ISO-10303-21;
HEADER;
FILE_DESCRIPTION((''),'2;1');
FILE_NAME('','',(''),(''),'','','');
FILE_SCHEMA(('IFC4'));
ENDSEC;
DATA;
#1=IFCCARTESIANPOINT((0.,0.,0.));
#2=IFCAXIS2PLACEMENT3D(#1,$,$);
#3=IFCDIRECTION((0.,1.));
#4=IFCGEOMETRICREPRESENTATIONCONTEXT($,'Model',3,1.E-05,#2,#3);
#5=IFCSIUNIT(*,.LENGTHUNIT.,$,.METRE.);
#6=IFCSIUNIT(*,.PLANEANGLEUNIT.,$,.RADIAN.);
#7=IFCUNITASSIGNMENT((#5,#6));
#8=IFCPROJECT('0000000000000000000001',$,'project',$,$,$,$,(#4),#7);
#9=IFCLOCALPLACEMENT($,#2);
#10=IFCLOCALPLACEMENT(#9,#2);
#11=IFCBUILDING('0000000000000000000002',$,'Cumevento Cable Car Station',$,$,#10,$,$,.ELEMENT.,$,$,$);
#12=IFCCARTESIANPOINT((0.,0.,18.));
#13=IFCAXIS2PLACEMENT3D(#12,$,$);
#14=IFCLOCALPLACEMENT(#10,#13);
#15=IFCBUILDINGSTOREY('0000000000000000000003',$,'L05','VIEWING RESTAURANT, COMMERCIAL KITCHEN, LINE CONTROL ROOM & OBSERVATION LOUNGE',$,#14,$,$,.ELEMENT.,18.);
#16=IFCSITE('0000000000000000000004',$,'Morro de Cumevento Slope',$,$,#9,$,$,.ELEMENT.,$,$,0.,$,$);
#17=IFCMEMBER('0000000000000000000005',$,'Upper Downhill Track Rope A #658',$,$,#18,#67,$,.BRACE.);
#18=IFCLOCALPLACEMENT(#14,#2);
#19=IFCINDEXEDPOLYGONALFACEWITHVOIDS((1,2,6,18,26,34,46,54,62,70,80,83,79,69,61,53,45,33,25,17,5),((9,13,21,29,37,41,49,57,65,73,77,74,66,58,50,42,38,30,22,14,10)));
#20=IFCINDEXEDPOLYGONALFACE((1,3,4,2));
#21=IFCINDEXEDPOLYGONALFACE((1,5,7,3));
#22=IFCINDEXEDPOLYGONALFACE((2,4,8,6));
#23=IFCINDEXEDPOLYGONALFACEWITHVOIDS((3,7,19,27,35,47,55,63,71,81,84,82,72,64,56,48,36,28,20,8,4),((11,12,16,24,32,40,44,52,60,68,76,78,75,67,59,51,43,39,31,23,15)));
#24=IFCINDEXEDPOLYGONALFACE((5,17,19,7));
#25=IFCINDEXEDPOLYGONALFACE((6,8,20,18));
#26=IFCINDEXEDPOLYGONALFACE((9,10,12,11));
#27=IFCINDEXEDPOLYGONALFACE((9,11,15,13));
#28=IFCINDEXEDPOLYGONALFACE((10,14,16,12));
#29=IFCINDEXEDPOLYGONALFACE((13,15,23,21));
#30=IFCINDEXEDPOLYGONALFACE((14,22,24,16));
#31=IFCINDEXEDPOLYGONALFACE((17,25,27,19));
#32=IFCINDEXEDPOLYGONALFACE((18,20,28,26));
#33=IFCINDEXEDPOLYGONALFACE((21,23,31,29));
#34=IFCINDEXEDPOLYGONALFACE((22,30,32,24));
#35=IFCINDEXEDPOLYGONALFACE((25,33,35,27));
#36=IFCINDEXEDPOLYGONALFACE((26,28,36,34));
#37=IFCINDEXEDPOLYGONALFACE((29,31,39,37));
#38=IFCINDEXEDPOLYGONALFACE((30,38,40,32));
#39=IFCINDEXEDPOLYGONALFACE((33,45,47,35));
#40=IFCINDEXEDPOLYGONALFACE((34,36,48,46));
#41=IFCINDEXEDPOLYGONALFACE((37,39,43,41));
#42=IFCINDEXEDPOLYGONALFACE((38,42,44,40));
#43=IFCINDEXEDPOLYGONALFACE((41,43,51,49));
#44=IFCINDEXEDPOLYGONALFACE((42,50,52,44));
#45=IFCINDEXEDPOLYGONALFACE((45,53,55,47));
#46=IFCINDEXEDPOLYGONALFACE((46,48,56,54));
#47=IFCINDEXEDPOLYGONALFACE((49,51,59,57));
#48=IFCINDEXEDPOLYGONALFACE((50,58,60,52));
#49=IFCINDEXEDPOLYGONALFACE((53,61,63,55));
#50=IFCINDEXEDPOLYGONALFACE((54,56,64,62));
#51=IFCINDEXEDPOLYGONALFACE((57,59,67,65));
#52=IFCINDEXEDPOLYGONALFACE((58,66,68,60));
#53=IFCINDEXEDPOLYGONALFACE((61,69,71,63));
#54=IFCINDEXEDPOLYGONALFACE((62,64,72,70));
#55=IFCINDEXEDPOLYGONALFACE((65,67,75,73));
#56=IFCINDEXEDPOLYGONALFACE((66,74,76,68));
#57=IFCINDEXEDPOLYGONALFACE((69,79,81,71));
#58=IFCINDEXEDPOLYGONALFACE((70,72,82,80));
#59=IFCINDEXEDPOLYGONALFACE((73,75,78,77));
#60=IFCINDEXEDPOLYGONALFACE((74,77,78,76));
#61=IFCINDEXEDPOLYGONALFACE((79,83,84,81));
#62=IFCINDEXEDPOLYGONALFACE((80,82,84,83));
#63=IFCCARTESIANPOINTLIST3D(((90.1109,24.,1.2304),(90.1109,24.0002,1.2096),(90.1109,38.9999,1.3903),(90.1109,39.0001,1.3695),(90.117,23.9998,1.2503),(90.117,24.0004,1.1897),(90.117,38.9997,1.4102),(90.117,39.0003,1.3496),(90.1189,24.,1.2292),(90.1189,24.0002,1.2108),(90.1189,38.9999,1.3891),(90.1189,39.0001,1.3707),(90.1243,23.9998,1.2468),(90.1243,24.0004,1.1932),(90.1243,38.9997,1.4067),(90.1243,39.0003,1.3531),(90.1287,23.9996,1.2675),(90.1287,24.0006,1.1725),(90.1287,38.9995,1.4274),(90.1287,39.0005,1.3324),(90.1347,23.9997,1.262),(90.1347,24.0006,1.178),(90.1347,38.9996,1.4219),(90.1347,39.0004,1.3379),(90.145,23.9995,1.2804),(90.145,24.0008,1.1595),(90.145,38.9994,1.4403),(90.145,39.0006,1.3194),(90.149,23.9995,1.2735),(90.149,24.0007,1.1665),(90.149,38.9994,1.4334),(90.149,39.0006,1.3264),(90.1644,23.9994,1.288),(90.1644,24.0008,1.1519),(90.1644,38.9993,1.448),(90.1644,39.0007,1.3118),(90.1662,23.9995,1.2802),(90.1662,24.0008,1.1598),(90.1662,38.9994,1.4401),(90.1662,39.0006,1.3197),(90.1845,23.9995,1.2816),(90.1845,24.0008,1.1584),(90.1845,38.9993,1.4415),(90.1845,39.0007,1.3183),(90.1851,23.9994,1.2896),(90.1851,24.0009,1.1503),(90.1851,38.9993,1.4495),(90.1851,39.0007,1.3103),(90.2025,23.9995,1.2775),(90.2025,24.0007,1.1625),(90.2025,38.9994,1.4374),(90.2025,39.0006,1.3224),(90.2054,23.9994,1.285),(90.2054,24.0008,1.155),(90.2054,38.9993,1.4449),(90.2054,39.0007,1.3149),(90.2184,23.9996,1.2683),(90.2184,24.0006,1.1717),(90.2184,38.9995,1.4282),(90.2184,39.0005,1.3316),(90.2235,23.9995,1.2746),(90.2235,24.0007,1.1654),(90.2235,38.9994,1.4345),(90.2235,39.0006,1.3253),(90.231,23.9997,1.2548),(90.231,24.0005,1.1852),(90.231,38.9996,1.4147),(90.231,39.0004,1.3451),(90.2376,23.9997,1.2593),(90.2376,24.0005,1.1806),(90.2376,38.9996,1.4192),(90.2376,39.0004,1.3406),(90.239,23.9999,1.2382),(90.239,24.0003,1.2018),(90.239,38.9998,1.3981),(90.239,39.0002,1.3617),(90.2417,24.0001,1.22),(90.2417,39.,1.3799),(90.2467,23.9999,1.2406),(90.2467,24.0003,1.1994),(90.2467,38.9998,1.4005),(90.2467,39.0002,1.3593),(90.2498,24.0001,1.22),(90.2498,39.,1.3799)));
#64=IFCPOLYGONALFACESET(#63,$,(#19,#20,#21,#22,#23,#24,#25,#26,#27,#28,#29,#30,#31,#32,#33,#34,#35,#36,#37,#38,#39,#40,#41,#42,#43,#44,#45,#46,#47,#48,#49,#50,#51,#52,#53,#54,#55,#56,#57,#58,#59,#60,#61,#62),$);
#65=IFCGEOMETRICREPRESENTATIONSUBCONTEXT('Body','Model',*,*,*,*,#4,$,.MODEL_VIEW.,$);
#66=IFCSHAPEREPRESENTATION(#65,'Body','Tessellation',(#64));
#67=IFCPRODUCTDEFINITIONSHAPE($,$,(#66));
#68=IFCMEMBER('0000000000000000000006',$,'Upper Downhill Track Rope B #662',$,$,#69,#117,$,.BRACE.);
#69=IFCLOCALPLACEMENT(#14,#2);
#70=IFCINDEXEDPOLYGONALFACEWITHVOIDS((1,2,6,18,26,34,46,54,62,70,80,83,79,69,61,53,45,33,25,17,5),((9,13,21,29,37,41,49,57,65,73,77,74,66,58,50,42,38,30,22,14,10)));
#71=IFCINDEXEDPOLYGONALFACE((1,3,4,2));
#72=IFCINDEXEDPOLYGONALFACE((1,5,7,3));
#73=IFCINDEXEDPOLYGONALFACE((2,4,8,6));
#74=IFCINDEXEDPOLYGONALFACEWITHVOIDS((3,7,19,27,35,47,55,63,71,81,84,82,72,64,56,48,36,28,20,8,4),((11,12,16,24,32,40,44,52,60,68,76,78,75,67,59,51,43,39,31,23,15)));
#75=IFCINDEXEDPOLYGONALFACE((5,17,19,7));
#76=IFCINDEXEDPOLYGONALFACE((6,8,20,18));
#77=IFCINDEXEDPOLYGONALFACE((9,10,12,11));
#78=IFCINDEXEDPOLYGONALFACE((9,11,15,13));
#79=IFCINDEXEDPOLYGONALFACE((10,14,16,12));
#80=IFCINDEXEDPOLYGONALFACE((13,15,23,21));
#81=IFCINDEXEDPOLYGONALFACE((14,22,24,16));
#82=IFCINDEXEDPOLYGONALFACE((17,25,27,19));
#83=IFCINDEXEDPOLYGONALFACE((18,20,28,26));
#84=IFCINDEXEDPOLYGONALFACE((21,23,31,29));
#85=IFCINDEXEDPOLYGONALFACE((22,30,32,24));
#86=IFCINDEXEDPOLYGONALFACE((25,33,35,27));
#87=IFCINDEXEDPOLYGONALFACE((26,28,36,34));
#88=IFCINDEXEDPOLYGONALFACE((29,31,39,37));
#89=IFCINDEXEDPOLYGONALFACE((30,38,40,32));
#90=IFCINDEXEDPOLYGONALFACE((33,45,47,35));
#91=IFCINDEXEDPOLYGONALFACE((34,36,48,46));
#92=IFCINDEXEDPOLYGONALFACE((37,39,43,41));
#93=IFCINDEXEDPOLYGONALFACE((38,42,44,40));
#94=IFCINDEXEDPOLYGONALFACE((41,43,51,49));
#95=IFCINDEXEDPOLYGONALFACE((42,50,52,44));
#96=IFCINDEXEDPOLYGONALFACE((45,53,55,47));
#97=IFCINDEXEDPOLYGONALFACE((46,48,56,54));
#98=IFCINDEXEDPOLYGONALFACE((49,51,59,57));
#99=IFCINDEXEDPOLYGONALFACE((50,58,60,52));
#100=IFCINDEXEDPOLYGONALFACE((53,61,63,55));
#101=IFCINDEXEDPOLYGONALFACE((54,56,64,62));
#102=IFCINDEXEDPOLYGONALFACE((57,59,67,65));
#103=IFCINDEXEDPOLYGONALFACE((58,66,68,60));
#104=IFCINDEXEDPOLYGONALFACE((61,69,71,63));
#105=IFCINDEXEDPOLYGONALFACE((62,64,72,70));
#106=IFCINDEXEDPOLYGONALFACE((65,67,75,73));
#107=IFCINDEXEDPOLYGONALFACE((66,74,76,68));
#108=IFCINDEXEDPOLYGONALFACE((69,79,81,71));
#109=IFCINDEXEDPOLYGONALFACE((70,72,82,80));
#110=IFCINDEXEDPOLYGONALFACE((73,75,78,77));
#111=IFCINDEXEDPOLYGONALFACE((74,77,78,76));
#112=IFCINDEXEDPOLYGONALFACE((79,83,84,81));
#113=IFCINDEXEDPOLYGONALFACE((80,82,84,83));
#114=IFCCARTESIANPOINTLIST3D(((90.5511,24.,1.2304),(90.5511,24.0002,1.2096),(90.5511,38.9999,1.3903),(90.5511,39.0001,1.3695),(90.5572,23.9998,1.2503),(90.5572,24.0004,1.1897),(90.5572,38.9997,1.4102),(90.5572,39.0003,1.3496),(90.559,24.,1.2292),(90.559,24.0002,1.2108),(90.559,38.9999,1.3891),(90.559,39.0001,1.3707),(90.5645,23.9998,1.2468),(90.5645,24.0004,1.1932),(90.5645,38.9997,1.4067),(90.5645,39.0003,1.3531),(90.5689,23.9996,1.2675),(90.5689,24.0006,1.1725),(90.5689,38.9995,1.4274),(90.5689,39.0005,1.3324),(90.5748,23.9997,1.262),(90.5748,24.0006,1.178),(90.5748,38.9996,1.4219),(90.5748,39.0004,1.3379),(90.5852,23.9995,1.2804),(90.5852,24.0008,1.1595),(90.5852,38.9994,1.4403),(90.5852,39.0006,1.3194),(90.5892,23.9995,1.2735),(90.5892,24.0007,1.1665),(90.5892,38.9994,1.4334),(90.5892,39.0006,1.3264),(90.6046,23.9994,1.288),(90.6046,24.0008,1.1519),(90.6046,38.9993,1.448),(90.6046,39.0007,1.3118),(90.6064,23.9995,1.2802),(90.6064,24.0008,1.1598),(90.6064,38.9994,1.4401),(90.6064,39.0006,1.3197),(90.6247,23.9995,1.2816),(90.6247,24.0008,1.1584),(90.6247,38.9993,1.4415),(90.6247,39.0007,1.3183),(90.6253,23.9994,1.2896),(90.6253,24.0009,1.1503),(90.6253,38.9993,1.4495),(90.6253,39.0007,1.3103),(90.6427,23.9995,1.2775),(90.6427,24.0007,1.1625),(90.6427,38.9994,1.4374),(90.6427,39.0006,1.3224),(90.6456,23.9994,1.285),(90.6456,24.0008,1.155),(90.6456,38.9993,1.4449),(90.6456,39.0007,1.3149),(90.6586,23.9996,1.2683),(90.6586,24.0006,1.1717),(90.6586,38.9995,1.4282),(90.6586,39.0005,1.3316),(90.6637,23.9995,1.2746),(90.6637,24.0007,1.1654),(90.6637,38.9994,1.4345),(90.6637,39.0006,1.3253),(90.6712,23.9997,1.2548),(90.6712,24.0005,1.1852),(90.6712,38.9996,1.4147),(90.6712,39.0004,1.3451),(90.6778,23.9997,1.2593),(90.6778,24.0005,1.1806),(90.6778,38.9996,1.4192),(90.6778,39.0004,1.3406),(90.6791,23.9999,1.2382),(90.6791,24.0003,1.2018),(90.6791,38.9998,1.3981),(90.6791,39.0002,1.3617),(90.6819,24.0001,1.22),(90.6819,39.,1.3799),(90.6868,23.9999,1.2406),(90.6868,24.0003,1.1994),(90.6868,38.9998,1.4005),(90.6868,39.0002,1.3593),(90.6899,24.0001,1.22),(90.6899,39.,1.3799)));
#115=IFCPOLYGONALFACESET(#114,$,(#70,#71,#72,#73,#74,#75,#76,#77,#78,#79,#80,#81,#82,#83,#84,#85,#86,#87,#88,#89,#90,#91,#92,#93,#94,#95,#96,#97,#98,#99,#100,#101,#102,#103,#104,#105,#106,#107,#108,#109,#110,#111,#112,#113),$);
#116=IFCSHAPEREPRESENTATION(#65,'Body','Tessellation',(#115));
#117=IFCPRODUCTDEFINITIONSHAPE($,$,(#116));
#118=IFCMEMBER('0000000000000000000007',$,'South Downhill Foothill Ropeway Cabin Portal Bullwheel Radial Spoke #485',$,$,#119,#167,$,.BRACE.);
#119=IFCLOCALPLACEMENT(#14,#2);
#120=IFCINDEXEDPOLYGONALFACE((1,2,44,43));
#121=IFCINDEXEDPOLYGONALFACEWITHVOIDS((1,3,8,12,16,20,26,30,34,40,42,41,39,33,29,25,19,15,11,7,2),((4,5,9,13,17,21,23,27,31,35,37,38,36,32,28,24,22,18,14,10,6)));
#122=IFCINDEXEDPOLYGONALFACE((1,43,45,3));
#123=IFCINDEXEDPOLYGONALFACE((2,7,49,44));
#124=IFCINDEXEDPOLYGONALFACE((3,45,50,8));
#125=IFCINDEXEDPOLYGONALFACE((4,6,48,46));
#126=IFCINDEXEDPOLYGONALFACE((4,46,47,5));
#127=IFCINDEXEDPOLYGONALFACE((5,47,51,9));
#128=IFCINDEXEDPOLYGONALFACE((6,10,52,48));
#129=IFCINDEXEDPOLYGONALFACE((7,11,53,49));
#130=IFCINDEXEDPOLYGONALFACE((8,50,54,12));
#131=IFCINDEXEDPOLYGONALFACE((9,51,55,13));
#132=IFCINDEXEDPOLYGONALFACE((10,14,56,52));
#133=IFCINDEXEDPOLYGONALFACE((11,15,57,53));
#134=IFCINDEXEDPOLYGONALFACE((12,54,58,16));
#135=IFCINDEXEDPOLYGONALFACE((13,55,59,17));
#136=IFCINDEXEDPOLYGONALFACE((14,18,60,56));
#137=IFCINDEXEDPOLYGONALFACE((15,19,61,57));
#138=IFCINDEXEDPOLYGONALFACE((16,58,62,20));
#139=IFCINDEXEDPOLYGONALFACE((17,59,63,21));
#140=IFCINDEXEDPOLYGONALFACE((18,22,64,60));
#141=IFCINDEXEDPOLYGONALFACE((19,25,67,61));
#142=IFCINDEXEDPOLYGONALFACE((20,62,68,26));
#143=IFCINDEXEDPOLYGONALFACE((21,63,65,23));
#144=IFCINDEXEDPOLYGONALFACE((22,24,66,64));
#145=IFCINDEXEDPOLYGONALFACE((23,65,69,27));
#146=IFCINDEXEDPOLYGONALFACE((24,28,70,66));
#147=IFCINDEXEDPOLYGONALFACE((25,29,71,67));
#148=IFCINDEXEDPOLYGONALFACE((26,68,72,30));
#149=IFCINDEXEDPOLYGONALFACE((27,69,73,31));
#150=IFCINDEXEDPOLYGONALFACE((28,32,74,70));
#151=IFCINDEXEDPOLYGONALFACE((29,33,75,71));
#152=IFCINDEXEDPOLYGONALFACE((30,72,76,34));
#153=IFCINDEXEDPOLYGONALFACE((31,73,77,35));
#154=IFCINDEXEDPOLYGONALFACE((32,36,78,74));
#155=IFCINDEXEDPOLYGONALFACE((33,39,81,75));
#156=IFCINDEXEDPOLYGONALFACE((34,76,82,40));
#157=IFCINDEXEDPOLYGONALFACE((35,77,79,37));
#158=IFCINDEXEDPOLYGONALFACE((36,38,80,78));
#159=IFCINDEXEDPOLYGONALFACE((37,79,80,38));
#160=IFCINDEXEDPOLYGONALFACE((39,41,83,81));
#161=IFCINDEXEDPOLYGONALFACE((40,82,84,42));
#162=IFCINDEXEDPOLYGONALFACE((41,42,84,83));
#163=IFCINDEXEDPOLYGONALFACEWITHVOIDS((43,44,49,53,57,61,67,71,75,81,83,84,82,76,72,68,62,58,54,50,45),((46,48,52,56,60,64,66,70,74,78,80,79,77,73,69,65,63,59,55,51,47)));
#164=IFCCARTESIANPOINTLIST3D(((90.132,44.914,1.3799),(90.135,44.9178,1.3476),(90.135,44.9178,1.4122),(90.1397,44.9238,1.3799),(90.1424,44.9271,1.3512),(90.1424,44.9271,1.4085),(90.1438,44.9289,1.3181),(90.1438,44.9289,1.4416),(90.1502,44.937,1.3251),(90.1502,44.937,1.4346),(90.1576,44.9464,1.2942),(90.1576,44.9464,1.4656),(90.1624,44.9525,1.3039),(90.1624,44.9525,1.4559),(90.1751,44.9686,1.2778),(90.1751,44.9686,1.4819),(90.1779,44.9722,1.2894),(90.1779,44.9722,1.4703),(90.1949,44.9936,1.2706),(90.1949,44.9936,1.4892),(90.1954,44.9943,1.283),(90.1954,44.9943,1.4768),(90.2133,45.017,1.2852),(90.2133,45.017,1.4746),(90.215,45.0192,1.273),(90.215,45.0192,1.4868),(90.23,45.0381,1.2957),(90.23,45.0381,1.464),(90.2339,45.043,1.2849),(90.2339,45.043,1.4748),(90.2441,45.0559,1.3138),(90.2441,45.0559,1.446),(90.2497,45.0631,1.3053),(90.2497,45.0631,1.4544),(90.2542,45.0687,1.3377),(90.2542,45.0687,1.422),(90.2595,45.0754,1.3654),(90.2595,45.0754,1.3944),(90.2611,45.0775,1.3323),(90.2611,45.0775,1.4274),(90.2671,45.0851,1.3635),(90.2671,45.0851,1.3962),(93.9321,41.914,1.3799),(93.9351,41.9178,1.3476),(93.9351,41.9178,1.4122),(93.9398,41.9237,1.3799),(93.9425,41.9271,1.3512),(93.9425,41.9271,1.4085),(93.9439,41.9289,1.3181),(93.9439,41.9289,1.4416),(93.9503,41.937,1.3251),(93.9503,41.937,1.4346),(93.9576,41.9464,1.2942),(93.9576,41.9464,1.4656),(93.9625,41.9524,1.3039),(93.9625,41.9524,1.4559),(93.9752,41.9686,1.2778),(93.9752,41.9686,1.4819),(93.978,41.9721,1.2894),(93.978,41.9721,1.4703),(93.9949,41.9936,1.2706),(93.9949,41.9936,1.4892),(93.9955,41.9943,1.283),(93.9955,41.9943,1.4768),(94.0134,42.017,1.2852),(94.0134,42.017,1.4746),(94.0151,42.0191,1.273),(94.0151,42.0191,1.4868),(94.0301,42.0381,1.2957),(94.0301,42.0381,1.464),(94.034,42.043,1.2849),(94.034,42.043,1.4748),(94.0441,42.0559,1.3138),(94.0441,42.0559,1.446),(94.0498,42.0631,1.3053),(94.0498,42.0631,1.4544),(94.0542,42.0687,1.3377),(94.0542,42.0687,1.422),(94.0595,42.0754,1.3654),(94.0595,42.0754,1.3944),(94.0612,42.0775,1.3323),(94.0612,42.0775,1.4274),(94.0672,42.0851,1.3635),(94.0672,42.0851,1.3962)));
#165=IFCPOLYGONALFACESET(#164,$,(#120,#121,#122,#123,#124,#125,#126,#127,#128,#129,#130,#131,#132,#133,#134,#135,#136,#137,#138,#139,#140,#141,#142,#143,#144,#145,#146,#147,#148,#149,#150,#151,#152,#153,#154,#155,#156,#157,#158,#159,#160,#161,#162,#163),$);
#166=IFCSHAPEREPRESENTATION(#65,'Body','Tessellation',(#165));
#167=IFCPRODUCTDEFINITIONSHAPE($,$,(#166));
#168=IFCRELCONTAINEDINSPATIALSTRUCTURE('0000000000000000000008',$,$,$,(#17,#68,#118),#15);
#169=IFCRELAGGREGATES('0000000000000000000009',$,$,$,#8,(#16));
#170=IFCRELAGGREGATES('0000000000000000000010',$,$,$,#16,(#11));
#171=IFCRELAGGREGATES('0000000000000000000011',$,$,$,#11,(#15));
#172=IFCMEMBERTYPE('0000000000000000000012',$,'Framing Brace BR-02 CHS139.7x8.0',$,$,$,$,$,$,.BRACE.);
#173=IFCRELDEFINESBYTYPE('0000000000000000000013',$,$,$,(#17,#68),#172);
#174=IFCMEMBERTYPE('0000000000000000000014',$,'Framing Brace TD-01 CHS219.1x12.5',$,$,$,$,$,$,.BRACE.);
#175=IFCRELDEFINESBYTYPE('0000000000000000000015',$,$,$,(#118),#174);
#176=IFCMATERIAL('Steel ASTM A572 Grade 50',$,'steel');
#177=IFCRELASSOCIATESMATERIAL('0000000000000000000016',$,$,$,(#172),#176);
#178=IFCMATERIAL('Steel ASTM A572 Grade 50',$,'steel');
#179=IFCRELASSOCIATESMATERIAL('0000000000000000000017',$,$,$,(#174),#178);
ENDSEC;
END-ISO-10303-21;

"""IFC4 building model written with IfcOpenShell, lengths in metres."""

from ifc_helpers import new_model, si_unit, direction, frame, origin, origin_2d, place, context, subcontext, project, spatial, hollow_circle, extrude, material, material_profile, profile_set, type_object, element, save


model = new_model("IFC4")

# Units and contexts
model_context = context("Model", 3, precision=1e-05, world=origin(), true_north=direction((0.0, 1.0)))
body_context = subcontext(model_context, "Body", "Model", "MODEL_VIEW")
ifc_project = project(units=[si_unit("LENGTHUNIT", "METRE"), si_unit("PLANEANGLEUNIT", "RADIAN")], contexts=[model_context])

# Site, building, storey
site_placement = place(None, origin())
site = spatial("IfcSite", under=ifc_project, at=site_placement, Name="Morro de Cumevento Slope", CompositionType="ELEMENT", RefElevation=0.0)
building_placement = place(site_placement, origin())
building = spatial("IfcBuilding", under=site, at=building_placement, Name="Cumevento Cable Car Station", CompositionType="ELEMENT")
storey_placement = place(building_placement, frame((0.0, 0.0, 18.0)))
storey = spatial("IfcBuildingStorey", under=building, at=storey_placement, Name="L05", Description="VIEWING RESTAURANT, COMMERCIAL KITCHEN, LINE CONTROL ROOM & OBSERVATION LOUNGE", CompositionType="ELEMENT", Elevation=18.0)

# Members
ifc_material_1 = material(Name="Steel ASTM A572 Grade 50", Category="steel")
ifc_material_profile_1 = material_profile(ifc_material_1, hollow_circle(Radius=0.0698, WallThickness=0.0081, at=origin_2d()), Name="CHS139.7x8.0")
ifc_profile_set_1 = profile_set([ifc_material_profile_1], Name="Steel ASTM A572 Grade 50")
member_type_1 = type_object("IfcMemberType", Name="Framing Brace BR-02 CHS139.7x8.0", PredefinedType="BRACE", material=ifc_profile_set_1)
for number, where, z_axis, x_axis, name in (
    (1, (90.1799, 39.0, 1.3799), (0.0, -0.999943, -0.01066), (1.0, 0.0, 0.0), "Upper Downhill Track Rope A #658"),
    (2, (90.6201, 39.0, 1.3799), (0.0, -0.999943, -0.01066), (1.0, 0.0, 0.0), "Upper Downhill Track Rope B #662"),
):
    element("IfcMember", number, at=place(storey_placement, frame(where, z_axis=z_axis, x_axis=x_axis)), inside=storey, type_object=member_type_1, Name=name, PredefinedType="BRACE", context=body_context, shape_type="SweptSolid", body=[
        extrude(hollow_circle(Radius=0.0698, WallThickness=0.0081, at=origin_2d()), origin(), (0.0, 0.0, 1.0), 15.0007),
    ])
ifc_material_2 = material(Name="Steel ASTM A572 Grade 50", Category="steel")
ifc_material_profile_2 = material_profile(ifc_material_2, hollow_circle(Radius=0.1096, WallThickness=0.0125, at=origin_2d()), Name="CHS219.1x12.5")
ifc_profile_set_2 = profile_set([ifc_material_profile_2], Name="Steel ASTM A572 Grade 50")
member_type_2 = type_object("IfcMemberType", Name="Framing Brace TD-01 CHS219.1x12.5", PredefinedType="BRACE", material=ifc_profile_set_2)
for number, where, z_axis, x_axis, name in (
    (3, (94.0, 42.0, 1.3799), (-0.784887, 0.619639, 0.0), (-0.619639, -0.784887, 0.0), "South Downhill Foothill Ropeway Cabin Portal Bullwheel Radial Spoke #485"),
):
    element("IfcMember", number, at=place(storey_placement, frame(where, z_axis=z_axis, x_axis=x_axis)), inside=storey, type_object=member_type_2, Name=name, PredefinedType="BRACE", context=body_context, shape_type="SweptSolid", body=[
        extrude(hollow_circle(Radius=0.1096, WallThickness=0.0125, at=origin_2d()), origin(), (0.0, 0.0, 1.0), 4.8416),
    ])

save(model, "model.ifc")
